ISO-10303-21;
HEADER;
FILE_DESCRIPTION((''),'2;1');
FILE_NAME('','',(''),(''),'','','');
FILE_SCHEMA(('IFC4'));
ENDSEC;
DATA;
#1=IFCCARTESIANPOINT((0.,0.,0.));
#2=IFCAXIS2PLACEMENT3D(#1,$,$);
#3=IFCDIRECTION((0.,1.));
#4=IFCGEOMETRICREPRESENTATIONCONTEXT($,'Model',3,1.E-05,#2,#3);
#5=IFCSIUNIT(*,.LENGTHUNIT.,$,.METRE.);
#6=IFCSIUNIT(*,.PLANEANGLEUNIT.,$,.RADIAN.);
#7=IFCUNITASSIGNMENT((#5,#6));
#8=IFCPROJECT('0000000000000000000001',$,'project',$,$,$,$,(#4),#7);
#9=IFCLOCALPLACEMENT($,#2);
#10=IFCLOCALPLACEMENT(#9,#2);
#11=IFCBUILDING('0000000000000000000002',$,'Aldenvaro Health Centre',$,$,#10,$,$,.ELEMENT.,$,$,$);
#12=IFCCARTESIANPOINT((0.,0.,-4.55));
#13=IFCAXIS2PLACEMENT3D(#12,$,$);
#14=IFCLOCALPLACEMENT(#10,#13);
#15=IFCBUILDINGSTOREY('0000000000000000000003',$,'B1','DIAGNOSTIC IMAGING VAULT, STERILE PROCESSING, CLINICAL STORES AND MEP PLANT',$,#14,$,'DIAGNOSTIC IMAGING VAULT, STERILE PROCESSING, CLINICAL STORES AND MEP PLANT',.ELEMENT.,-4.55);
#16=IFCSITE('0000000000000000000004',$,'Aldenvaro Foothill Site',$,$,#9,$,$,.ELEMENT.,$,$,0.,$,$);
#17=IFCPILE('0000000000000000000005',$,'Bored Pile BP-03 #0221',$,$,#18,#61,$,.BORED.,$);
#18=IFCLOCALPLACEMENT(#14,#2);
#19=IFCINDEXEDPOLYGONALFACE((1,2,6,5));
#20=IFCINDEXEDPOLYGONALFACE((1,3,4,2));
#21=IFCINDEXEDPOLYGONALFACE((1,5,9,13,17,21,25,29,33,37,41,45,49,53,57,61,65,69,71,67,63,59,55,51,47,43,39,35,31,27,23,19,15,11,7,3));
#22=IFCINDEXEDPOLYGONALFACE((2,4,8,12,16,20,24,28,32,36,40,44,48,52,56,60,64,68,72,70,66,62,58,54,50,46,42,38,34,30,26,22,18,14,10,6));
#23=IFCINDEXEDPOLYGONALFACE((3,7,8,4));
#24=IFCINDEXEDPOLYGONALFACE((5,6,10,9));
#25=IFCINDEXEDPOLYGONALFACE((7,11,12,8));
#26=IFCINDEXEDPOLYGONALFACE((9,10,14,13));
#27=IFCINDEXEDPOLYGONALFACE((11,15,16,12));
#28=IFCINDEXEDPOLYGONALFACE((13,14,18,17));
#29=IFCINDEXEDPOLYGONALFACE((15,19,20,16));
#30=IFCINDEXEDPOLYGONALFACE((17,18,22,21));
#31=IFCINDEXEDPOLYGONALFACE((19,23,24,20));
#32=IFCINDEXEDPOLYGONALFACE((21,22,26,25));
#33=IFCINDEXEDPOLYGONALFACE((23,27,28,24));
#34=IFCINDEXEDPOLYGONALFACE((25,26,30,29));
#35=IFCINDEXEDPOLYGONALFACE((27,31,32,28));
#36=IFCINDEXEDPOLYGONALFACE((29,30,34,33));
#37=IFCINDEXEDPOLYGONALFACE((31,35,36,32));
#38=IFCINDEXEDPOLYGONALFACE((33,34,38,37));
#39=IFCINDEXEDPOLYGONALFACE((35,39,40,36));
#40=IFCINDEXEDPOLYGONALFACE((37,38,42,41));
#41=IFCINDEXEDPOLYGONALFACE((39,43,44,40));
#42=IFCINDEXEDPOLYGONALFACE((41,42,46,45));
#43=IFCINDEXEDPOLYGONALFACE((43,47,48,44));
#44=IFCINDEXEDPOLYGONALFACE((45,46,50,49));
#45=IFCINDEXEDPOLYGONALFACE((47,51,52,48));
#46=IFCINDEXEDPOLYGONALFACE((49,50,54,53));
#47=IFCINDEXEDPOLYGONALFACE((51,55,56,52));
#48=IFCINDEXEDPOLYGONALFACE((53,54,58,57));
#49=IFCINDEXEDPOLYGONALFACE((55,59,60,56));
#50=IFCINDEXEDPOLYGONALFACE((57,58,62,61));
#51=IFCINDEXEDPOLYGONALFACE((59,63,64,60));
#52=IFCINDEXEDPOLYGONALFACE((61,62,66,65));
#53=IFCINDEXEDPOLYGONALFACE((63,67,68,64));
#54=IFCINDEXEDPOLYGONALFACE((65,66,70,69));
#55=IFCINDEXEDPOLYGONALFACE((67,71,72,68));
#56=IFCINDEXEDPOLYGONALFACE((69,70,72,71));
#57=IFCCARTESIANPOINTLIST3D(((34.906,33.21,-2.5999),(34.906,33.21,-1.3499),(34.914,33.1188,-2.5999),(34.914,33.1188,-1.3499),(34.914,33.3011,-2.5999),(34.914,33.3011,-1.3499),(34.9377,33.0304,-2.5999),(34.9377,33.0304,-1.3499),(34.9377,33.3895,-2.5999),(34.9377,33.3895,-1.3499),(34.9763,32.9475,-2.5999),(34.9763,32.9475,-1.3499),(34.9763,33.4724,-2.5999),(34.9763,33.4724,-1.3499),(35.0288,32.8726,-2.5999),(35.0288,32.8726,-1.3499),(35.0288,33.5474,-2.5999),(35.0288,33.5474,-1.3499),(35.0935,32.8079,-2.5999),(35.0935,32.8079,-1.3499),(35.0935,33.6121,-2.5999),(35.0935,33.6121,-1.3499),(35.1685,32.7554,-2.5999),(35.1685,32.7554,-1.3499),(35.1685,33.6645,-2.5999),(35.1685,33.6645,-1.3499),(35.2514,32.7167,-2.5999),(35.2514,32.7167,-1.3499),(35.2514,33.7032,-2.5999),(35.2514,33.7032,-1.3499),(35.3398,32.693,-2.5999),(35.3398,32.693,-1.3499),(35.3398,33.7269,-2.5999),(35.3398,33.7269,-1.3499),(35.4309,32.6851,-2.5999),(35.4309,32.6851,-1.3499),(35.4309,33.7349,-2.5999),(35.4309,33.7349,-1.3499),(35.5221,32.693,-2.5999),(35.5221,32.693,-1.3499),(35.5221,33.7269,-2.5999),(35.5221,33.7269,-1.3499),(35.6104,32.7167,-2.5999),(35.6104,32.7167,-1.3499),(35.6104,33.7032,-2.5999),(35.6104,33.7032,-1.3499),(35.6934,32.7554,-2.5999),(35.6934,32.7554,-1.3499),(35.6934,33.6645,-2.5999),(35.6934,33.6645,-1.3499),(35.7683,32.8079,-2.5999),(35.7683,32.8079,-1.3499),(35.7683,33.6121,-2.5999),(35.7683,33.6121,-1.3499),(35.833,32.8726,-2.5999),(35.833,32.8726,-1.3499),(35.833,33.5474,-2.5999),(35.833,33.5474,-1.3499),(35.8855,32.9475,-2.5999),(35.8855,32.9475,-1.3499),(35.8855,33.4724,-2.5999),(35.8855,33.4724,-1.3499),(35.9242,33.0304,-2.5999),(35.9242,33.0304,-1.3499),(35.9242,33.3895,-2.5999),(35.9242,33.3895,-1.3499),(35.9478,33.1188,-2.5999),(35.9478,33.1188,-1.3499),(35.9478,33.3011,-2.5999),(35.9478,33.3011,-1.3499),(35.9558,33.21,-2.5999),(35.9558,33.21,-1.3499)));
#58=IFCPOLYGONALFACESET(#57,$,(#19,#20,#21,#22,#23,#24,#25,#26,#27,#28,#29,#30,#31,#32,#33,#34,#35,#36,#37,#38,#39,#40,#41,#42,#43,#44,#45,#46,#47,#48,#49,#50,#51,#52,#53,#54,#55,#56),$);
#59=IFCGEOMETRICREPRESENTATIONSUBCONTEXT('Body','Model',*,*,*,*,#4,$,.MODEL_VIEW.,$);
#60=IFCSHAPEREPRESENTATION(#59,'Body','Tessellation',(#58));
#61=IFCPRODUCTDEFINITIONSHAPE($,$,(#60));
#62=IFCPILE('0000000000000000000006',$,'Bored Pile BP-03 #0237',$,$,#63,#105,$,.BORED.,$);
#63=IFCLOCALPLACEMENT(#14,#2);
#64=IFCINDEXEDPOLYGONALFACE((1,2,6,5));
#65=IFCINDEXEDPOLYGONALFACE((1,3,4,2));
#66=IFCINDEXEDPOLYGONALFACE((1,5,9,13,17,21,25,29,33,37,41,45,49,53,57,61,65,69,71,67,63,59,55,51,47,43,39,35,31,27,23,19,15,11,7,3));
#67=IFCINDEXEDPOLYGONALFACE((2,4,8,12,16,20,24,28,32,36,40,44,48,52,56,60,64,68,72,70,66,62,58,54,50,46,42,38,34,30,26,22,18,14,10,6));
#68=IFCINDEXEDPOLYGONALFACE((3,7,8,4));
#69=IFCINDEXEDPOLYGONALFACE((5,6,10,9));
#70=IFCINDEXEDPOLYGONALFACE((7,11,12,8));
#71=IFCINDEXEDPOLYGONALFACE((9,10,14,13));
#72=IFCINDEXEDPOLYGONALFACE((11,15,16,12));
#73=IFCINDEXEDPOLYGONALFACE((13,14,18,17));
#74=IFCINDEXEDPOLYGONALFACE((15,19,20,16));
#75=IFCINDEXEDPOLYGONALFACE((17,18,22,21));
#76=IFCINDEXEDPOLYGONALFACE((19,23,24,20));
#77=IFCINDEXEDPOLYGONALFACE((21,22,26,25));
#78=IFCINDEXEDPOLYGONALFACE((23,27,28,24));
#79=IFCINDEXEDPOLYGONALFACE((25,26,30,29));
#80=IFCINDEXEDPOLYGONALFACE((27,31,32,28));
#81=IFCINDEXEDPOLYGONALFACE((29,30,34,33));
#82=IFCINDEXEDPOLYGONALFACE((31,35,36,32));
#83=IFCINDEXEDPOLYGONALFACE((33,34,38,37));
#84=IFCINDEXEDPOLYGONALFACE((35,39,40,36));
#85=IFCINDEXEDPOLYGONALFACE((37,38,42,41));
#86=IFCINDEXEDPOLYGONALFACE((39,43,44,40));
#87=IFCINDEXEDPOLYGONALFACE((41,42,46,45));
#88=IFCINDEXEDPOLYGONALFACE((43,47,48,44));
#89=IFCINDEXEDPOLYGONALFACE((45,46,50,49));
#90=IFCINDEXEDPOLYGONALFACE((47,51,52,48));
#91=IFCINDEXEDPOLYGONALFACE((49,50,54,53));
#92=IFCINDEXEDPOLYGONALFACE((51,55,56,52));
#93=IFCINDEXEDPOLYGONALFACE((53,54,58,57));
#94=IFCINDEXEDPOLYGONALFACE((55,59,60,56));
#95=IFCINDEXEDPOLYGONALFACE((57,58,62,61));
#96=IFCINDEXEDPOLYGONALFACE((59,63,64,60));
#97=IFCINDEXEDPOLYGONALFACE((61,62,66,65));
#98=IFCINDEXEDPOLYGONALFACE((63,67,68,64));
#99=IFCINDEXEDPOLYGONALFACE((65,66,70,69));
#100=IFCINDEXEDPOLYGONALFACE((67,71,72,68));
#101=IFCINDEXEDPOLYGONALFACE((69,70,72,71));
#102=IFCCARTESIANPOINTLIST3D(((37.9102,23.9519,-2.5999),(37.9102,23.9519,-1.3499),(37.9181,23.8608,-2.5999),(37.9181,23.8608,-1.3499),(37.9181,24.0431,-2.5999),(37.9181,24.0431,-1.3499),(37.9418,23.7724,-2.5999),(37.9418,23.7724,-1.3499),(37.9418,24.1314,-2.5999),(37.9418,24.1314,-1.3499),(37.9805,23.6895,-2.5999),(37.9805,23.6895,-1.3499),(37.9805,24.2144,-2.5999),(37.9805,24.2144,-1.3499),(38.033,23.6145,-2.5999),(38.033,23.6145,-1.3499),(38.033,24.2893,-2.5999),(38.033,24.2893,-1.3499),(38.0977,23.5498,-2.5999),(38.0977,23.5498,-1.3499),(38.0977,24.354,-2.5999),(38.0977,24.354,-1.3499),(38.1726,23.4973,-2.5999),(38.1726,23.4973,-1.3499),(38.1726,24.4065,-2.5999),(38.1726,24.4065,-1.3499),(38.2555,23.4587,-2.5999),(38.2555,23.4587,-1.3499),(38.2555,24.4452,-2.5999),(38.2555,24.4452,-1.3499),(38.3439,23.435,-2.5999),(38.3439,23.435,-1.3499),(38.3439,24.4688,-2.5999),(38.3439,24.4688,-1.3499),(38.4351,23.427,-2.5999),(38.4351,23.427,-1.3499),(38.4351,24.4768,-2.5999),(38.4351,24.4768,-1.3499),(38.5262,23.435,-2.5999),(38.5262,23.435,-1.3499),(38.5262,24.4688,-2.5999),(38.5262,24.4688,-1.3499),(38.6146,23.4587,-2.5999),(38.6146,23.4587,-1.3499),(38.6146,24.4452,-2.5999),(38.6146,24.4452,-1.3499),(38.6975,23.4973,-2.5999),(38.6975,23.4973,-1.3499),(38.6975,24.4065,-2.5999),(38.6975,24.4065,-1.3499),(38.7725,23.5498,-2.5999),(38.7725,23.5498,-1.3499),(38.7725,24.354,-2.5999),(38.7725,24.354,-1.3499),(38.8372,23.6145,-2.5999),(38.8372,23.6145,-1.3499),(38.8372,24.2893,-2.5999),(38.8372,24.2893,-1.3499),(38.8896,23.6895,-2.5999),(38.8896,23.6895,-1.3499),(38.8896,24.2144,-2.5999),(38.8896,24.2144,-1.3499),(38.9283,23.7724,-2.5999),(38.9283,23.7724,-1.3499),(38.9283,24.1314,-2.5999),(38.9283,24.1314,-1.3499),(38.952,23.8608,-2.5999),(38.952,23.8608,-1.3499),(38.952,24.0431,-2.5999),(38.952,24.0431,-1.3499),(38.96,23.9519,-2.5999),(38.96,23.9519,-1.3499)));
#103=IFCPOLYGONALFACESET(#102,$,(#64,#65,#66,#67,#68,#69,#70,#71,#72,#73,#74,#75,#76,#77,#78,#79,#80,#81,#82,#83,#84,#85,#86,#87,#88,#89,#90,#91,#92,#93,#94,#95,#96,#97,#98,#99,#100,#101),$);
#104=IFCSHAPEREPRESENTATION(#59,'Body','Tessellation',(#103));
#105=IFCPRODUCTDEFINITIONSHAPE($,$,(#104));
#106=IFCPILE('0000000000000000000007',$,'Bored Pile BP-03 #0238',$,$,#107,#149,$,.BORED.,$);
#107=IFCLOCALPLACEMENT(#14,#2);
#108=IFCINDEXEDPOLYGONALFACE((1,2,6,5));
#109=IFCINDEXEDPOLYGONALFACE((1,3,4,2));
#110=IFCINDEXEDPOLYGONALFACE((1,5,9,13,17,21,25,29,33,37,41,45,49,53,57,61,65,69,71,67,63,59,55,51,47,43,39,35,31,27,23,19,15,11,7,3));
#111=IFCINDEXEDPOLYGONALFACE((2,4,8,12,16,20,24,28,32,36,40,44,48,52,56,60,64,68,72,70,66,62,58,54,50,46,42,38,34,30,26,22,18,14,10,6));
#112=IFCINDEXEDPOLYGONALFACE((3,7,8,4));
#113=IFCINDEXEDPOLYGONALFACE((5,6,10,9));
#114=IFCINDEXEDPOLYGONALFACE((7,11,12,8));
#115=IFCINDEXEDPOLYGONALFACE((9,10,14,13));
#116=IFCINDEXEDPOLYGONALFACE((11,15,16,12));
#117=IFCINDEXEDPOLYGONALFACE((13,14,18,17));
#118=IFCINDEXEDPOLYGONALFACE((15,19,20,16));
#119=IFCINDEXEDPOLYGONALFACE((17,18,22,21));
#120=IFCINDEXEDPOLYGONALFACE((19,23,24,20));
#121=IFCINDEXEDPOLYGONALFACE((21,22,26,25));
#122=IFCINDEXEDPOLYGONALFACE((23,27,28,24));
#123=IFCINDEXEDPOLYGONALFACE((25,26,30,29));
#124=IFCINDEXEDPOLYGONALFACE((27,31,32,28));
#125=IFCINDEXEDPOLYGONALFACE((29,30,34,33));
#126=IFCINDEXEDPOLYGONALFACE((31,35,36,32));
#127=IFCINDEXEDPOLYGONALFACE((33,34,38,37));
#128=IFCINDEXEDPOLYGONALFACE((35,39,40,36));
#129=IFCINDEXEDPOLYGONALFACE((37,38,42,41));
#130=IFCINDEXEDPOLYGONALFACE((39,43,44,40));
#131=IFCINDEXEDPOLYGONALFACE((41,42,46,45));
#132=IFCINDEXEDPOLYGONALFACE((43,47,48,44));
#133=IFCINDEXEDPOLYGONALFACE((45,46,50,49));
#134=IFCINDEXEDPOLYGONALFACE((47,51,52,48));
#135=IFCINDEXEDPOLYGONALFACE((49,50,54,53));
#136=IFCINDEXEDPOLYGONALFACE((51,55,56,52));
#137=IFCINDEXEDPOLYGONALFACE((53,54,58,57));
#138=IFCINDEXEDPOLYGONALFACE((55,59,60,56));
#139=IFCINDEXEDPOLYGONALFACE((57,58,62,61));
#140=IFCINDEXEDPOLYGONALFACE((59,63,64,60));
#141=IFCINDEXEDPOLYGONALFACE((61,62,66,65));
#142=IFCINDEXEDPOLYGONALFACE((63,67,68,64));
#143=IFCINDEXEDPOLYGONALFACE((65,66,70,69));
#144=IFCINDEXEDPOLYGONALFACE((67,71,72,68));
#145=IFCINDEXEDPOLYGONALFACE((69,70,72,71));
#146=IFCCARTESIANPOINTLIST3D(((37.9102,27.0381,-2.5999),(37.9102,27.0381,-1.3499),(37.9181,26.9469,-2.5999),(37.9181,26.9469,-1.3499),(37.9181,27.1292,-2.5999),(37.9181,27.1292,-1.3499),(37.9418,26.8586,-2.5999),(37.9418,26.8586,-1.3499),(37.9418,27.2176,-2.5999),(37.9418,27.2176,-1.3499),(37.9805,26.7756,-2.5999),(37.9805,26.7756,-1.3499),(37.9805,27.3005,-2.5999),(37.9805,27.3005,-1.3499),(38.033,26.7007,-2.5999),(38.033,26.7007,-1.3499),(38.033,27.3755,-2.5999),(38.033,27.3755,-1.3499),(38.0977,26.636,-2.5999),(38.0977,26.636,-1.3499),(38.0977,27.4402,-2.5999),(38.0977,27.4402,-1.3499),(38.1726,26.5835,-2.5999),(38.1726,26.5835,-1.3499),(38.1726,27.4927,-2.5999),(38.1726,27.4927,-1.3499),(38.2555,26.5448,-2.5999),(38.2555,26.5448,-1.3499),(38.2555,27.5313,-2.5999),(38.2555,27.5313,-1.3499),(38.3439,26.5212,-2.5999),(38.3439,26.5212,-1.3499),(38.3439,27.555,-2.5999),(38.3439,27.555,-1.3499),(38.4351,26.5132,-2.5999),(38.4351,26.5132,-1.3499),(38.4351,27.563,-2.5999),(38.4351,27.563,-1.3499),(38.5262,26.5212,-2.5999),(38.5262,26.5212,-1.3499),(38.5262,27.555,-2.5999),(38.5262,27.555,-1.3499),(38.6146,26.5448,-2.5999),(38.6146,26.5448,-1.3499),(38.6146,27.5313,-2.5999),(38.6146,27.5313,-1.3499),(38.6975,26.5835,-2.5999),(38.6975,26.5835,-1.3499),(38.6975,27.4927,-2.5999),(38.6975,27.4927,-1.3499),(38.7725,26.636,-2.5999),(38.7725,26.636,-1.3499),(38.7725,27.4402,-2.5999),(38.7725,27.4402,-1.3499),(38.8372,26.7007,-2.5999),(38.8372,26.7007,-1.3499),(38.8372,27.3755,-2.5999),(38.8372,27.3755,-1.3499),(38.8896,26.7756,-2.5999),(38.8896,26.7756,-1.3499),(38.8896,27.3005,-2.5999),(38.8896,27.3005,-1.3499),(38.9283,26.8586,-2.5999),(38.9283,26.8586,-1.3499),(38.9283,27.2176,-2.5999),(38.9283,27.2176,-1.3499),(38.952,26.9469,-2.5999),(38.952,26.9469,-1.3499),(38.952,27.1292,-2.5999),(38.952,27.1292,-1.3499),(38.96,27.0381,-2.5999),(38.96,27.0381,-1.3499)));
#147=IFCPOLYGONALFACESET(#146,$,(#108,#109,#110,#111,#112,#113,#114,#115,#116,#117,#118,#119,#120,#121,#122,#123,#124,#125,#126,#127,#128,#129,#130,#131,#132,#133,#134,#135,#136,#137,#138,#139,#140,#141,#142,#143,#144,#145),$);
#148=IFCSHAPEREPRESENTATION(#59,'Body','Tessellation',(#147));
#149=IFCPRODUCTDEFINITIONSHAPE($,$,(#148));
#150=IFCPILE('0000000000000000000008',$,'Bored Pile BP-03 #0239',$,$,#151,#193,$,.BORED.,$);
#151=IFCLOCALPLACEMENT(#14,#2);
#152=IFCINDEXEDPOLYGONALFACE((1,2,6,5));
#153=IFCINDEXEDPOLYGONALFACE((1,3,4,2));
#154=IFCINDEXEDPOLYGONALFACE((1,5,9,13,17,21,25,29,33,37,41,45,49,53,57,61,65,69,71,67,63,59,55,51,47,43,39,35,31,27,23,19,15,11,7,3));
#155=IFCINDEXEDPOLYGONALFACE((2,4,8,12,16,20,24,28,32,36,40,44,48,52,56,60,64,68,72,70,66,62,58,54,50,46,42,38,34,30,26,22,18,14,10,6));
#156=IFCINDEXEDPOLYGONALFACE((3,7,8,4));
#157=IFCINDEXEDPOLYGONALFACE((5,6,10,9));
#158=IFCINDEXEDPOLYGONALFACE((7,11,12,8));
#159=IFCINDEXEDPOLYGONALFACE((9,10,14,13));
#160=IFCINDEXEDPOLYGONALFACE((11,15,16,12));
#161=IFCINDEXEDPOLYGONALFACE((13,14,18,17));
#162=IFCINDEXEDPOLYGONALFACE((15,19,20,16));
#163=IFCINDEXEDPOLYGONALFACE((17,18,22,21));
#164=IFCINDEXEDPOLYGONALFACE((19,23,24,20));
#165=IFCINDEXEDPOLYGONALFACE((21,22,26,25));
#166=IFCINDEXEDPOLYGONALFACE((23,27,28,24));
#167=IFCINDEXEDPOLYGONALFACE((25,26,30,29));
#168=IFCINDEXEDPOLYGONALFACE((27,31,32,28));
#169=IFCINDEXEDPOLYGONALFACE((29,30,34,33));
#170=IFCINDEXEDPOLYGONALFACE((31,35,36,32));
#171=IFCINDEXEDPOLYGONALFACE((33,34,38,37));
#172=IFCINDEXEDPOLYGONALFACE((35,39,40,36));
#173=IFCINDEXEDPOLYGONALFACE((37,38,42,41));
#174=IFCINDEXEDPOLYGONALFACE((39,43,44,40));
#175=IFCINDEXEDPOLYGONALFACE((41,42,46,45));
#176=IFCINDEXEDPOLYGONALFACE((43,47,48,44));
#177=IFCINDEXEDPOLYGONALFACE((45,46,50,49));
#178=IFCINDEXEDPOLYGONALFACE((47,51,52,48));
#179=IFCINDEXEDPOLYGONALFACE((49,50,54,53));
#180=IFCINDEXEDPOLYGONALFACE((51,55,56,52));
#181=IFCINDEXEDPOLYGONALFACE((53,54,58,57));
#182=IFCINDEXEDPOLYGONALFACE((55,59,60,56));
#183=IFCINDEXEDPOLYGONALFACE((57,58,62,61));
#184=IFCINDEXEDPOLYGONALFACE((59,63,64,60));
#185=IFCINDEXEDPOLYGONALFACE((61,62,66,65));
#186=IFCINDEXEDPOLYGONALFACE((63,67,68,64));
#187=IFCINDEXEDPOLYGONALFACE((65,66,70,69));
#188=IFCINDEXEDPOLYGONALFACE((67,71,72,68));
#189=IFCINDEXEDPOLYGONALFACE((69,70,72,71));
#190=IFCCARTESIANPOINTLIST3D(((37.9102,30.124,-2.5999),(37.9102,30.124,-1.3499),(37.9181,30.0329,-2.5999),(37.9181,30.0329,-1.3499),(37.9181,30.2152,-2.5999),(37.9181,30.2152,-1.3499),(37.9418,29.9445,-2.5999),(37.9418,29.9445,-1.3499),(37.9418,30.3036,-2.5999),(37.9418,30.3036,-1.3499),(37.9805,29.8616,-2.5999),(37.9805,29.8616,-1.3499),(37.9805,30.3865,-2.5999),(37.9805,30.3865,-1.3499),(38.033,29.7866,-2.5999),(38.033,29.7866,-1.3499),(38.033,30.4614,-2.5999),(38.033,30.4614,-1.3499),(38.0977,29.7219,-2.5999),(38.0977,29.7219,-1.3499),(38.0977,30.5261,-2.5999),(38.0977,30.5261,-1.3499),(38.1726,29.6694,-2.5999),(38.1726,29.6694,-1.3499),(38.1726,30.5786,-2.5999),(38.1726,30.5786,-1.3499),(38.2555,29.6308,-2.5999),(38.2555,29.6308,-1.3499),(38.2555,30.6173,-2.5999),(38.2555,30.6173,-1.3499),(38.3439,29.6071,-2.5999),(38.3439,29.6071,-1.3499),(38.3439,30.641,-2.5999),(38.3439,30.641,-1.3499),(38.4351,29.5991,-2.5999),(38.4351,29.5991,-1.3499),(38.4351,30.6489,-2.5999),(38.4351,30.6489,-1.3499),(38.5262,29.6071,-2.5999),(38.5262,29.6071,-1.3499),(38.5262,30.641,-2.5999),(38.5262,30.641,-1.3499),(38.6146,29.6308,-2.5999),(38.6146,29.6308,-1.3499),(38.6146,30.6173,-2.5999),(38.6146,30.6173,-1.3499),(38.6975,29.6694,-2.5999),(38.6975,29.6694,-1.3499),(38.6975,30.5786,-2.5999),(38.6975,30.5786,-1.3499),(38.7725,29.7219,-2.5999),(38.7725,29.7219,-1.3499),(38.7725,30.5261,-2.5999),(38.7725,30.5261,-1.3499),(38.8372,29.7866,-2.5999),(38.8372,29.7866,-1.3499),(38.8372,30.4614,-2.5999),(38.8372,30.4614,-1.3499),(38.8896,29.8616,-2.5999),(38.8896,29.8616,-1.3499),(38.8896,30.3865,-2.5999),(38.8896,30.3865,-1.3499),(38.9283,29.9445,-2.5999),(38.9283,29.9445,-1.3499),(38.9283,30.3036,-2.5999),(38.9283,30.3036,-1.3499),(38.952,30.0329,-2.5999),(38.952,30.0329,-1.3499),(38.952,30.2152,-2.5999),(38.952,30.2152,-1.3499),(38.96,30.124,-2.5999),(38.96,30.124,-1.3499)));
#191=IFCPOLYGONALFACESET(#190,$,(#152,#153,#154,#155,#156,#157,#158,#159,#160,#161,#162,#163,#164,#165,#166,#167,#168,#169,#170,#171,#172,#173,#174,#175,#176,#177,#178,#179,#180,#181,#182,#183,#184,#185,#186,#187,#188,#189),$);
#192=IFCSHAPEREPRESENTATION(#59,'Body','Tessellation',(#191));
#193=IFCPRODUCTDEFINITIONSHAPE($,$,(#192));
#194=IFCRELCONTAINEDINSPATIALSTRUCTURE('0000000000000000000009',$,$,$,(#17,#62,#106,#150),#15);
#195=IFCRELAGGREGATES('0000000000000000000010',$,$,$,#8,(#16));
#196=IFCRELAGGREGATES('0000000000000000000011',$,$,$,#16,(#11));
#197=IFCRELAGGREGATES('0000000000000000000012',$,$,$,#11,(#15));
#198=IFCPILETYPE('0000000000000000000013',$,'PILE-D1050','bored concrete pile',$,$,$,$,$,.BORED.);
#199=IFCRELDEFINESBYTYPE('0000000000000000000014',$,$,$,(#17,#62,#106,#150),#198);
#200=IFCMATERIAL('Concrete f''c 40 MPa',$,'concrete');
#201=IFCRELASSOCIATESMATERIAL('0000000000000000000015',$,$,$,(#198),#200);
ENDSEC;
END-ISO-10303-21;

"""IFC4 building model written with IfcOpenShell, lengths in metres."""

from ifc_helpers import new_model, si_unit, direction, frame, origin, origin_2d, place, context, subcontext, project, spatial, circle, extrude, material, material_profile, profile_set, type_object, element, save


model = new_model("IFC4")

# Units and contexts
model_context = context("Model", 3, precision=1e-05, world=origin(), true_north=direction((0.0, 1.0)))
body_context = subcontext(model_context, "Body", "Model", "MODEL_VIEW")
ifc_project = project(units=[si_unit("LENGTHUNIT", "METRE"), si_unit("PLANEANGLEUNIT", "RADIAN")], contexts=[model_context])

# Site, building, storey
site_placement = place(None, origin())
site = spatial("IfcSite", under=ifc_project, at=site_placement, Name="Aldenvaro Foothill Site", CompositionType="ELEMENT", RefElevation=0.0)
building_placement = place(site_placement, origin())
building = spatial("IfcBuilding", under=site, at=building_placement, Name="Aldenvaro Health Centre", CompositionType="ELEMENT")
storey_placement = place(building_placement, frame((0.0, 0.0, -4.55)))
storey = spatial("IfcBuildingStorey", under=building, at=storey_placement, Name="B1", Description="DIAGNOSTIC IMAGING VAULT, STERILE PROCESSING, CLINICAL STORES AND MEP PLANT", LongName="DIAGNOSTIC IMAGING VAULT, STERILE PROCESSING, CLINICAL STORES AND MEP PLANT", CompositionType="ELEMENT", Elevation=-4.55)

# Piles
ifc_material_1 = material(Name="Concrete f'c 40 MPa", Category="concrete")
ifc_material_profile = material_profile(ifc_material_1, circle(Radius=0.5249, at=origin_2d()), Name="PILE D1050", Category="concrete")
ifc_profile_set = profile_set([ifc_material_profile], Name="Concrete f'c 40 MPa")
pile_type = type_object("IfcPileType", Name="PILE-D1050", Description="bored concrete pile", PredefinedType="BORED", material=ifc_profile_set)
for number, where, z_axis, x_axis, name in (
    (1, (35.4309, 33.21, -1.3499), (0.0, 0.0, -1.0), (1.0, 0.0, 0.0), "Bored Pile BP-03 #0221"),
    (2, (38.4351, 23.9519, -1.3499), (0.0, 0.0, -1.0), (1.0, 0.0, 0.0), "Bored Pile BP-03 #0237"),
    (3, (38.4351, 27.0381, -1.3499), (0.0, 0.0, -1.0), (1.0, 0.0, 0.0), "Bored Pile BP-03 #0238"),
    (4, (38.4351, 30.124, -1.3499), (0.0, 0.0, -1.0), (1.0, 0.0, 0.0), "Bored Pile BP-03 #0239"),
):
    element("IfcPile", number, at=place(storey_placement, frame(where, z_axis=z_axis, x_axis=x_axis)), inside=storey, type_object=pile_type, Name=name, PredefinedType="BORED", context=body_context, shape_type="SweptSolid", body=[
        extrude(circle(Radius=0.5249, at=origin_2d()), origin(), (0.0, 0.0, 1.0), 1.25),
    ])

save(model, "model.ifc")
